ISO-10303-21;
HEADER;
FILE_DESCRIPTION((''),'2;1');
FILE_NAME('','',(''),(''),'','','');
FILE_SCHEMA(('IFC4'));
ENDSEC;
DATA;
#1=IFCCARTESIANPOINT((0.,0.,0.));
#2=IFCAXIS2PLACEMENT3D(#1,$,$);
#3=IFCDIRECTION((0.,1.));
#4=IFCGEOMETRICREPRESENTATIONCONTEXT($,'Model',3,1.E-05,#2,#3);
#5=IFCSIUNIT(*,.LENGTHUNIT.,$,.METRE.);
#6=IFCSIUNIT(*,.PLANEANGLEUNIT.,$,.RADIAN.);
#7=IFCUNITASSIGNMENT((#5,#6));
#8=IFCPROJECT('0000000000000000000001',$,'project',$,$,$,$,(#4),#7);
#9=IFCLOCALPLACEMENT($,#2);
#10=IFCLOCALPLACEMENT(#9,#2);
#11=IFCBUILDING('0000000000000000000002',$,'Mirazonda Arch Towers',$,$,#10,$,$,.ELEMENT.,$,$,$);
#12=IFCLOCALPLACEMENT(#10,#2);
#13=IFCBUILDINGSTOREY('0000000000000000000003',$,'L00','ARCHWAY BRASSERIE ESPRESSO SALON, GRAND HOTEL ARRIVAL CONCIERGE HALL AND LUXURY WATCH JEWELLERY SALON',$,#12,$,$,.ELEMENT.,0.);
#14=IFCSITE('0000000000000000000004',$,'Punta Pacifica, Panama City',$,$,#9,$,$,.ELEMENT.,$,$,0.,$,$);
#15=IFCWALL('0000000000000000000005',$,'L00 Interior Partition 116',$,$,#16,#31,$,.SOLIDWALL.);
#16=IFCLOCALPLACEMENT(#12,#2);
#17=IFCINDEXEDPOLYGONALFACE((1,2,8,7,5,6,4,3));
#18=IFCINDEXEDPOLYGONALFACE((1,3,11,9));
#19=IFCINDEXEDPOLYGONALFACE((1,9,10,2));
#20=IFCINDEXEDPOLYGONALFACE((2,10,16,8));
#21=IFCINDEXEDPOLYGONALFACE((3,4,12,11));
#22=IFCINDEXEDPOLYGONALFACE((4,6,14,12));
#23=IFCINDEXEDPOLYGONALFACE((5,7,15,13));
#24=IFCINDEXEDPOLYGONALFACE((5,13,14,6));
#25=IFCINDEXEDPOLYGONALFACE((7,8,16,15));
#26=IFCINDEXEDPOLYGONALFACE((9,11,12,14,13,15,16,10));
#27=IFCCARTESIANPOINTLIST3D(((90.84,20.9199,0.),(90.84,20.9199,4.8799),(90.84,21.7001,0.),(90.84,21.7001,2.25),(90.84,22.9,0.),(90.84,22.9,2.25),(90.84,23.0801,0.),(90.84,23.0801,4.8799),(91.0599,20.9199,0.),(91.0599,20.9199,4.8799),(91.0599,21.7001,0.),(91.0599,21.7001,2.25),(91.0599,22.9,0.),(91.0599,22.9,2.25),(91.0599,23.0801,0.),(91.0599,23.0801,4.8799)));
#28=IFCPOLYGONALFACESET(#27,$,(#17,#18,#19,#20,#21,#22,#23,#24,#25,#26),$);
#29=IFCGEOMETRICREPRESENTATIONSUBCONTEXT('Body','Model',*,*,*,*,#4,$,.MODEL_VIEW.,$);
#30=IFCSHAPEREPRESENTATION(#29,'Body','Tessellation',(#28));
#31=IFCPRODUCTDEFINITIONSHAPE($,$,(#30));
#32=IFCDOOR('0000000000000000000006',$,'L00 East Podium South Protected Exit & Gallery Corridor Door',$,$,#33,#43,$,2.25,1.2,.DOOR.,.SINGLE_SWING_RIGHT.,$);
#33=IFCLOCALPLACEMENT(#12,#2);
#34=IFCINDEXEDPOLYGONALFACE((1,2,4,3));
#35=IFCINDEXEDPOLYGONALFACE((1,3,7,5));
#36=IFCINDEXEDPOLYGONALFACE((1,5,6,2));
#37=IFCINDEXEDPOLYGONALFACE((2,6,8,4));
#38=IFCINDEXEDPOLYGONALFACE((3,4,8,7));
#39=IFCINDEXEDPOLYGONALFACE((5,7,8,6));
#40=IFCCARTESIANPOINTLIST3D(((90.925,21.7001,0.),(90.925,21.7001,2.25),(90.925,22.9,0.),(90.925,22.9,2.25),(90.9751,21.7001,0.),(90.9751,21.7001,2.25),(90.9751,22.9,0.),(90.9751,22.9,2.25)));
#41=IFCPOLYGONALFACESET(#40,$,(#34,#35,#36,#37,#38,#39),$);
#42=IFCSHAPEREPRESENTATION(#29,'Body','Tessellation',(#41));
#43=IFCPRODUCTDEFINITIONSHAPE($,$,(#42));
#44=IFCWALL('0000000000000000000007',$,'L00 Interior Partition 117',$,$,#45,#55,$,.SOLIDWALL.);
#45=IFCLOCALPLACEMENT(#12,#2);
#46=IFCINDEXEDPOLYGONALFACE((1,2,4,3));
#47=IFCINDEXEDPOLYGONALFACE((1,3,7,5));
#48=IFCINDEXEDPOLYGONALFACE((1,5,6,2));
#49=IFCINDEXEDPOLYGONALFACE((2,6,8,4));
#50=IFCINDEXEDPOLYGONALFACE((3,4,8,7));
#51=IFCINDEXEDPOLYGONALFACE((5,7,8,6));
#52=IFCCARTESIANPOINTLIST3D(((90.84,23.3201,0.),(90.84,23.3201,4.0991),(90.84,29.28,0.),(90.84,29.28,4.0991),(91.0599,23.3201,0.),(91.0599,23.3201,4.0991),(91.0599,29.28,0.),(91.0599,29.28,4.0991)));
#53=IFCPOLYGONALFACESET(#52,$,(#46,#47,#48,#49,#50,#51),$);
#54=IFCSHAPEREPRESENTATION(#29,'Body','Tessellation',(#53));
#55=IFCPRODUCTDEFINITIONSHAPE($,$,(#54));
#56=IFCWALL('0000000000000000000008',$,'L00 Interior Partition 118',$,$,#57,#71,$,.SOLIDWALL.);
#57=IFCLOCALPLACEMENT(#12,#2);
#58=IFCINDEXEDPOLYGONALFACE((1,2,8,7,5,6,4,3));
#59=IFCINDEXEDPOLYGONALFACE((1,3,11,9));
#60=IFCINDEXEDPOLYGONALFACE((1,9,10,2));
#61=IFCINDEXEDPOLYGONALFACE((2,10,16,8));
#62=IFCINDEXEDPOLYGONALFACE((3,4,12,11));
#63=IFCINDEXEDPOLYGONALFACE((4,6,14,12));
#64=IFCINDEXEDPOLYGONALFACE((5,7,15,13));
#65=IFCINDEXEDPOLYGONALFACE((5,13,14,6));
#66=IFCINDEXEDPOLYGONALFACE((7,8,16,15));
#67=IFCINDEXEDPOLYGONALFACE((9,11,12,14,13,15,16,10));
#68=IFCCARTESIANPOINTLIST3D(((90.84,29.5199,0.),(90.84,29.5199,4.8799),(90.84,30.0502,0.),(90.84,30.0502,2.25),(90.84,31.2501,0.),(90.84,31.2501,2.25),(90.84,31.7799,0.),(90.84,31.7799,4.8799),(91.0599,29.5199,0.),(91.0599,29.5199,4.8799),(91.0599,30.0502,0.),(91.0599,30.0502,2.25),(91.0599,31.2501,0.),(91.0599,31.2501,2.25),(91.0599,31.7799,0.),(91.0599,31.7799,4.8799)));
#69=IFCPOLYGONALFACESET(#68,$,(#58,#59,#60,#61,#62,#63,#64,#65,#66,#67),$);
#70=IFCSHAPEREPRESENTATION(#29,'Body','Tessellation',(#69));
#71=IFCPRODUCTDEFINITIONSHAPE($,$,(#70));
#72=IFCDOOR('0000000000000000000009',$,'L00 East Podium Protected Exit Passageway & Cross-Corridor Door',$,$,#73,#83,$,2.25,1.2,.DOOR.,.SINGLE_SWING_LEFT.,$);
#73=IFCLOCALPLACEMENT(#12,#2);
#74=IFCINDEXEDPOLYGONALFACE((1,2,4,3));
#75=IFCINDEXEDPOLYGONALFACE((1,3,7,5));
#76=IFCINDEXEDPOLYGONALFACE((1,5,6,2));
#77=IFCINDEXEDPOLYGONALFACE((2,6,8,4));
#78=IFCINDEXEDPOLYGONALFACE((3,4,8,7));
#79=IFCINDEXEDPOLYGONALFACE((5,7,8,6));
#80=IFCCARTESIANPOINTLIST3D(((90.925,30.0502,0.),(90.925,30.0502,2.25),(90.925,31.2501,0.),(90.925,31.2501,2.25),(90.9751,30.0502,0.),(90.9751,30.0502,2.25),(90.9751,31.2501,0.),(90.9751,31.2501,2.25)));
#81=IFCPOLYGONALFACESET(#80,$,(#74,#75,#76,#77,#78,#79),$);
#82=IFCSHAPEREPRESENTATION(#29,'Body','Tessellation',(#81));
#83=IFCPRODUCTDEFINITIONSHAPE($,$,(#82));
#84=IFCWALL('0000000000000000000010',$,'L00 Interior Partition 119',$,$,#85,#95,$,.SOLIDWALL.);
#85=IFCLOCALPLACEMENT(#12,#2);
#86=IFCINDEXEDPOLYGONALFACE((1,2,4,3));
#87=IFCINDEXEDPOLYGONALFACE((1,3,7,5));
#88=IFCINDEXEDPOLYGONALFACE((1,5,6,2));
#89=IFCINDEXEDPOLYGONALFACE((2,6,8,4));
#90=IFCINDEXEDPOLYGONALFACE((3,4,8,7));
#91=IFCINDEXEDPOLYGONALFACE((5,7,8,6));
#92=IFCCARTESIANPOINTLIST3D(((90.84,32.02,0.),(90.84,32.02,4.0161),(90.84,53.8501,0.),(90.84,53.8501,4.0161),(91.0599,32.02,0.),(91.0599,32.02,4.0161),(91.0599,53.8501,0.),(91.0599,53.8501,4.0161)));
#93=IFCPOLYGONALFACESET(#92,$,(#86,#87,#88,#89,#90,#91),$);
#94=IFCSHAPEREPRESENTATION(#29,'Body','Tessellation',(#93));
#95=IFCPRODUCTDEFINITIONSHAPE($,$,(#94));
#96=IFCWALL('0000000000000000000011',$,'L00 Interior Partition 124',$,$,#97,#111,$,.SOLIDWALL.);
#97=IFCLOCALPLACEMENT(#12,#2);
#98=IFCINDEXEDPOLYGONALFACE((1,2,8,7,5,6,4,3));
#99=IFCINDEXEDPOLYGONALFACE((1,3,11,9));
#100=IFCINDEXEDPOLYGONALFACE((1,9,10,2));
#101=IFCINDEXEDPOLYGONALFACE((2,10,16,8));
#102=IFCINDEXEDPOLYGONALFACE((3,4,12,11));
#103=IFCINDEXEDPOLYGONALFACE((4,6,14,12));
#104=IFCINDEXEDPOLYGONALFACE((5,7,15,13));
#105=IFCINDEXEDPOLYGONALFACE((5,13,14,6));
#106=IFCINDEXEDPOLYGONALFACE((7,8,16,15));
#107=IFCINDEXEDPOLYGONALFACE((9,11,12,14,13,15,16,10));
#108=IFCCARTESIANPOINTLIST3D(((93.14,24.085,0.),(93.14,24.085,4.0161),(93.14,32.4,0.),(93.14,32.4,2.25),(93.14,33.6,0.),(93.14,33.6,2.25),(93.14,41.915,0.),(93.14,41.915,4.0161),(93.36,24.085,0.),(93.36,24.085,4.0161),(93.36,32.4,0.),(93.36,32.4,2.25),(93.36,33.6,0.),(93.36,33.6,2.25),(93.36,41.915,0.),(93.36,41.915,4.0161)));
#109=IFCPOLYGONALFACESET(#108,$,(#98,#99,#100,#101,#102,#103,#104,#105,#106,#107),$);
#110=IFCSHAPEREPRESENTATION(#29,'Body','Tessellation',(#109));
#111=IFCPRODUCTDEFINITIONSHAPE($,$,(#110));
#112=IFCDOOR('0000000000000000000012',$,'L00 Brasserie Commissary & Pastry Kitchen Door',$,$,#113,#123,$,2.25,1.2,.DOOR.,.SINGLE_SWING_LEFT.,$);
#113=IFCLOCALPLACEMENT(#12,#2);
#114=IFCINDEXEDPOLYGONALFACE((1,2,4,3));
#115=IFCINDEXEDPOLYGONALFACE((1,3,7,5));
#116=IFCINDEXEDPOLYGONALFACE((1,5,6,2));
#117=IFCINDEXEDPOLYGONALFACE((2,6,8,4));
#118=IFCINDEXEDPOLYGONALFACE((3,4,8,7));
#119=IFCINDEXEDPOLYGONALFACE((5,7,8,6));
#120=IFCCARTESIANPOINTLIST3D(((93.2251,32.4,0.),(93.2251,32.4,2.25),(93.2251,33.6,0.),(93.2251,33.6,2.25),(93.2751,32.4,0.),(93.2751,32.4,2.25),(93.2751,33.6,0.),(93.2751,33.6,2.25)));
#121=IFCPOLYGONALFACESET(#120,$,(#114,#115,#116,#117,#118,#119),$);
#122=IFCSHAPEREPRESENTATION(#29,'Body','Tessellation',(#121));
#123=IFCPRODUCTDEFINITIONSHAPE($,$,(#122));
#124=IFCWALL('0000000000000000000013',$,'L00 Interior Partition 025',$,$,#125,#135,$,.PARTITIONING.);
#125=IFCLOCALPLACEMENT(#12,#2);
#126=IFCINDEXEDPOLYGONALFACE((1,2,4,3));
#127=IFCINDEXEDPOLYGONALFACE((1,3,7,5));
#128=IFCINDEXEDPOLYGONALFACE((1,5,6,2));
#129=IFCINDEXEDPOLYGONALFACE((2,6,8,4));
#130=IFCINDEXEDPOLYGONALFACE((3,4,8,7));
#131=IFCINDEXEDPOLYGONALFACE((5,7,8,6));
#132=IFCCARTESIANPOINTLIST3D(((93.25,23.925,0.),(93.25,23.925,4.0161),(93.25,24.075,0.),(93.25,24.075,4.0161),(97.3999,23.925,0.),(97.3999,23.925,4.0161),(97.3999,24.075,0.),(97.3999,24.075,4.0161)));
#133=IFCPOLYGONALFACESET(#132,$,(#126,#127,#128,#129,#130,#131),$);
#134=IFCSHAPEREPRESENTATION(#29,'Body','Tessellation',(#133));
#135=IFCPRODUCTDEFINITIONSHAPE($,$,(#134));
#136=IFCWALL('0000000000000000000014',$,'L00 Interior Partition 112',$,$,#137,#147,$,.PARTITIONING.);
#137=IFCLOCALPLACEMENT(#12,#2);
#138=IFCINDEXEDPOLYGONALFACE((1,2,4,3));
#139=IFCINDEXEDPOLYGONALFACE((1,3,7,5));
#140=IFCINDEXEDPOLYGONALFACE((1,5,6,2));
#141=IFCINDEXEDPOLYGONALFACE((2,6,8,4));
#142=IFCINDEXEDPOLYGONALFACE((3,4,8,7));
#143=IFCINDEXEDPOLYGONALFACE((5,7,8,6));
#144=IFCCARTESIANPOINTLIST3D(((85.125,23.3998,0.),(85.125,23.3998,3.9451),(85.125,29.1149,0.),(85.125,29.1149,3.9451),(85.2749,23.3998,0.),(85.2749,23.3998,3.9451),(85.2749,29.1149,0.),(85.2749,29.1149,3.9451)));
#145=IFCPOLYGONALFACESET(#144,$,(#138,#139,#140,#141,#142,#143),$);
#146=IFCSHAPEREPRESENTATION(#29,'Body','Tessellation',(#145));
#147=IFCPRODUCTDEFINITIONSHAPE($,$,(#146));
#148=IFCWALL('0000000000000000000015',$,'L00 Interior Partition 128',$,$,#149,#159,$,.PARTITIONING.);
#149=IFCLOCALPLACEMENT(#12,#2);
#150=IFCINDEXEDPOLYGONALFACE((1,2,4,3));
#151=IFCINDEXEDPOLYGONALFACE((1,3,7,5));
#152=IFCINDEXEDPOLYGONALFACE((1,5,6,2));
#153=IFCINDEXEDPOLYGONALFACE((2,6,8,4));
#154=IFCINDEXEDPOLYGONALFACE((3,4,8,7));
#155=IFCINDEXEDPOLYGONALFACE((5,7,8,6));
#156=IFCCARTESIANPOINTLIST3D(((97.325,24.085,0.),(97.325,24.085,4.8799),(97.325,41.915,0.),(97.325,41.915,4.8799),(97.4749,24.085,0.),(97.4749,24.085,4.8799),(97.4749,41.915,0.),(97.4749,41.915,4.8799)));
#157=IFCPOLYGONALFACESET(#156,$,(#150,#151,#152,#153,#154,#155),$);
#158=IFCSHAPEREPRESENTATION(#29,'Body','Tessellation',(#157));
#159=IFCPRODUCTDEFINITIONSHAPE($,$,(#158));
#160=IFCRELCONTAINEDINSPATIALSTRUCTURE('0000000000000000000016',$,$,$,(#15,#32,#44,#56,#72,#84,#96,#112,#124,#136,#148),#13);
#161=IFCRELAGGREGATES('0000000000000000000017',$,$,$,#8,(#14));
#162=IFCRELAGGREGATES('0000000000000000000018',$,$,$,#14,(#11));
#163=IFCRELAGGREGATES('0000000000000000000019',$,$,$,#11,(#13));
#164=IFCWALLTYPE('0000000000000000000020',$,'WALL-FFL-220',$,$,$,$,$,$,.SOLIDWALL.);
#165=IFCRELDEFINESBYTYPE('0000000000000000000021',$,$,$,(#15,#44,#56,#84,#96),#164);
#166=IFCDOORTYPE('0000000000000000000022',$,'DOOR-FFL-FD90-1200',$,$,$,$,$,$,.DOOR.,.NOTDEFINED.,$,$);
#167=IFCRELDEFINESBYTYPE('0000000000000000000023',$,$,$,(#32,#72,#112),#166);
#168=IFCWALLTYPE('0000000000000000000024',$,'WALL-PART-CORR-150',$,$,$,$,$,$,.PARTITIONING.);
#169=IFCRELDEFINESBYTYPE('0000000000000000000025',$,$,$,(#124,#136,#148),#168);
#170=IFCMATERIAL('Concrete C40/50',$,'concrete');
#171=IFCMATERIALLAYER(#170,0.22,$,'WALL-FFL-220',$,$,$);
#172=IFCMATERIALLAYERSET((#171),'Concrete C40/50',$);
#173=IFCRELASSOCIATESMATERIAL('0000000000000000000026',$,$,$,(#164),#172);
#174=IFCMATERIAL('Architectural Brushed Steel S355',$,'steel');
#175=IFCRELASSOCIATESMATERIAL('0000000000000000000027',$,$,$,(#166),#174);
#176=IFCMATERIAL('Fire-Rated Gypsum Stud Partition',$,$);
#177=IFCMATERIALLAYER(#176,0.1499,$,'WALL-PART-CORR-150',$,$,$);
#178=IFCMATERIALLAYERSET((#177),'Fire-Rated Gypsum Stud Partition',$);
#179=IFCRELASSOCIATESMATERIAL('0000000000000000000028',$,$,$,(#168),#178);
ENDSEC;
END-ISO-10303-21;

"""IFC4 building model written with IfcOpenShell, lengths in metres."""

from ifc_helpers import new_model, si_unit, direction, frame, frame_2d, origin, place, context, subcontext, project, spatial, rectangle, extrude, material, layer, layer_set, type_object, element, fill, save


model = new_model("IFC4")

# Units and contexts
model_context = context("Model", 3, precision=1e-05, world=origin(), true_north=direction((0.0, 1.0)))
body_context = subcontext(model_context, "Body", "Model", "MODEL_VIEW")
ifc_project = project(units=[si_unit("LENGTHUNIT", "METRE"), si_unit("PLANEANGLEUNIT", "RADIAN")], contexts=[model_context])

# Site, building, storey
site_placement = place(None, origin())
site = spatial("IfcSite", under=ifc_project, at=site_placement, Name="Punta Pacifica, Panama City", CompositionType="ELEMENT", RefElevation=0.0)
building_placement = place(site_placement, origin())
building = spatial("IfcBuilding", under=site, at=building_placement, Name="Mirazonda Arch Towers", CompositionType="ELEMENT")
storey_placement = place(building_placement, origin())
storey = spatial("IfcBuildingStorey", under=building, at=storey_placement, Name="L00", Description="ARCHWAY BRASSERIE ESPRESSO SALON, GRAND HOTEL ARRIVAL CONCIERGE HALL AND LUXURY WATCH JEWELLERY SALON", CompositionType="ELEMENT", Elevation=0.0)

# Shared definitions
ifc_material_1 = material(Name="Concrete C40/50", Category="concrete")
ifc_layer_1 = layer(ifc_material_1, 0.22, Name="WALL-FFL-220")
ifc_layer_set_1 = layer_set([ifc_layer_1], Name="Concrete C40/50")
wall_type_1 = type_object("IfcWallType", Name="WALL-FFL-220", PredefinedType="SOLIDWALL", material=ifc_layer_set_1)

# Wall, opening, door
wall_1_placement = place(storey_placement, frame((90.95, 20.9199, 0.0), z_axis=(0.0, 0.0, 1.0), x_axis=(0.0, 1.0, 0.0)))
wall_1 = element("IfcWall", 1, at=wall_1_placement, inside=storey, type_object=wall_type_1, Name="L00 Interior Partition 116", PredefinedType="SOLIDWALL", context=body_context, shape_type="SweptSolid", body=[
    extrude(rectangle(XDim=2.1602, YDim=0.22, at=frame_2d((1.0801, 0.0))), origin(), (0.0, 0.0, 1.0), 4.8799),
])
opening_1_placement = place(wall_1_placement, frame((0.78, 0.0, 0.0)))
opening_1 = element("IfcOpeningElement", 2, at=opening_1_placement, cuts=wall_1, PredefinedType="OPENING", context=body_context, shape_type="SweptSolid", body=[
    extrude(rectangle(XDim=1.2, YDim=2.25, at=frame_2d((0.6001, 1.125))), frame((0.0, 0.1199, 0.0), z_axis=(0.0, -1.0, 0.0), x_axis=(1.0, 0.0, 0.0)), (0.0, 0.0, 1.0), 0.24),
])
ifc_material_2 = material(Name="Architectural Brushed Steel S355", Category="steel")
door_type = type_object("IfcDoorType", Name="DOOR-FFL-FD90-1200", OperationType="NOTDEFINED", PredefinedType="DOOR", material=ifc_material_2)
door_1_placement = place(opening_1_placement, origin())
door_1 = element("IfcDoor", 3, at=door_1_placement, inside=storey, type_object=door_type, Name="L00 East Podium South Protected Exit & Gallery Corridor Door", OperationType="SINGLE_SWING_RIGHT", OverallHeight=2.25, OverallWidth=1.2, PredefinedType="DOOR", context=body_context, shape_type="SweptSolid", body=[
    extrude(rectangle(XDim=1.2, YDim=2.25, at=frame_2d((0.6001, 1.125))), frame((0.0, 0.0249, 0.0), z_axis=(0.0, -1.0, 0.0), x_axis=(1.0, 0.0, 0.0)), (0.0, 0.0, 1.0), 0.05),
])
fill(opening_1, door_1)

# Wall
wall_2_placement = place(storey_placement, frame((90.95, 23.3201, 0.0), z_axis=(0.0, 0.0, 1.0), x_axis=(0.0, 1.0, 0.0)))
element("IfcWall", 4, at=wall_2_placement, inside=storey, type_object=wall_type_1, Name="L00 Interior Partition 117", PredefinedType="SOLIDWALL", context=body_context, shape_type="SweptSolid", body=[
    extrude(rectangle(XDim=5.96, YDim=0.22, at=frame_2d((2.98, 0.0))), origin(), (0.0, 0.0, 1.0), 4.0991),
])

# Wall, opening, door
wall_3_placement = place(storey_placement, frame((90.95, 29.52, 0.0), z_axis=(0.0, 0.0, 1.0), x_axis=(0.0, 1.0, 0.0)))
wall_3 = element("IfcWall", 5, at=wall_3_placement, inside=storey, type_object=wall_type_1, Name="L00 Interior Partition 118", PredefinedType="SOLIDWALL", context=body_context, shape_type="SweptSolid", body=[
    extrude(rectangle(XDim=2.26, YDim=0.22, at=frame_2d((1.1299, 0.0))), origin(), (0.0, 0.0, 1.0), 4.8799),
])
opening_2_placement = place(wall_3_placement, frame((0.53, 0.0, 0.0)))
opening_2 = element("IfcOpeningElement", 6, at=opening_2_placement, cuts=wall_3, PredefinedType="OPENING", context=body_context, shape_type="SweptSolid", body=[
    extrude(rectangle(XDim=1.2, YDim=2.25, at=frame_2d((0.6001, 1.125))), frame((0.0, 0.1199, 0.0), z_axis=(0.0, -1.0, 0.0), x_axis=(1.0, 0.0, 0.0)), (0.0, 0.0, 1.0), 0.24),
])
door_2_placement = place(opening_2_placement, origin())
door_2 = element("IfcDoor", 7, at=door_2_placement, inside=storey, type_object=door_type, Name="L00 East Podium Protected Exit Passageway & Cross-Corridor Door", OperationType="SINGLE_SWING_LEFT", OverallHeight=2.25, OverallWidth=1.2, PredefinedType="DOOR", context=body_context, shape_type="SweptSolid", body=[
    extrude(rectangle(XDim=1.2, YDim=2.25, at=frame_2d((0.6001, 1.125))), frame((0.0, 0.0249, 0.0), z_axis=(0.0, -1.0, 0.0), x_axis=(1.0, 0.0, 0.0)), (0.0, 0.0, 1.0), 0.05),
])
fill(opening_2, door_2)

# Wall
wall_4_placement = place(storey_placement, frame((90.95, 32.02, 0.0), z_axis=(0.0, 0.0, 1.0), x_axis=(0.0, 1.0, 0.0)))
element("IfcWall", 8, at=wall_4_placement, inside=storey, type_object=wall_type_1, Name="L00 Interior Partition 119", PredefinedType="SOLIDWALL", context=body_context, shape_type="SweptSolid", body=[
    extrude(rectangle(XDim=21.8301, YDim=0.22, at=frame_2d((10.915, 0.0))), origin(), (0.0, 0.0, 1.0), 4.0161),
])

# Wall, opening, door
wall_5_placement = place(storey_placement, frame((93.25, 24.085, 0.0), z_axis=(0.0, 0.0, 1.0), x_axis=(0.0, 1.0, 0.0)))
wall_5 = element("IfcWall", 9, at=wall_5_placement, inside=storey, type_object=wall_type_1, Name="L00 Interior Partition 124", PredefinedType="SOLIDWALL", context=body_context, shape_type="SweptSolid", body=[
    extrude(rectangle(XDim=17.8301, YDim=0.22, at=frame_2d((8.915, 0.0))), origin(), (0.0, 0.0, 1.0), 4.0161),
])
opening_3_placement = place(wall_5_placement, frame((8.3149, 0.0, 0.0)))
opening_3 = element("IfcOpeningElement", 10, at=opening_3_placement, cuts=wall_5, PredefinedType="OPENING", context=body_context, shape_type="SweptSolid", body=[
    extrude(rectangle(XDim=1.2, YDim=2.25, at=frame_2d((0.6001, 1.125))), frame((0.0, 0.1199, 0.0), z_axis=(0.0, -1.0, 0.0), x_axis=(1.0, 0.0, 0.0)), (0.0, 0.0, 1.0), 0.24),
])
door_3_placement = place(opening_3_placement, origin())
door_3 = element("IfcDoor", 11, at=door_3_placement, inside=storey, type_object=door_type, Name="L00 Brasserie Commissary & Pastry Kitchen Door", OperationType="SINGLE_SWING_LEFT", OverallHeight=2.25, OverallWidth=1.2, PredefinedType="DOOR", context=body_context, shape_type="SweptSolid", body=[
    extrude(rectangle(XDim=1.2, YDim=2.25, at=frame_2d((0.6001, 1.125))), frame((0.0, 0.0249, 0.0), z_axis=(0.0, -1.0, 0.0), x_axis=(1.0, 0.0, 0.0)), (0.0, 0.0, 1.0), 0.05),
])
fill(opening_3, door_3)

# Walls
ifc_material_3 = material(Name="Fire-Rated Gypsum Stud Partition")
ifc_layer_2 = layer(ifc_material_3, 0.1499, Name="WALL-PART-CORR-150")
ifc_layer_set_2 = layer_set([ifc_layer_2], Name="Fire-Rated Gypsum Stud Partition")
wall_type_2 = type_object("IfcWallType", Name="WALL-PART-CORR-150", PredefinedType="PARTITIONING", material=ifc_layer_set_2)
wall_6_placement = place(storey_placement, frame((93.25, 24.0, 0.0), z_axis=(0.0, 0.0, 1.0), x_axis=(1.0, 0.0, 0.0)))
element("IfcWall", 12, at=wall_6_placement, inside=storey, type_object=wall_type_2, Name="L00 Interior Partition 025", PredefinedType="PARTITIONING", context=body_context, shape_type="SweptSolid", body=[
    extrude(rectangle(XDim=4.1499, YDim=0.1499, at=frame_2d((2.075, 0.0))), origin(), (0.0, 0.0, 1.0), 4.0161),
])
wall_7_placement = place(storey_placement, frame((85.2, 23.3999, 0.0), z_axis=(0.0, 0.0, 1.0), x_axis=(0.0, 1.0, 0.0)))
element("IfcWall", 13, at=wall_7_placement, inside=storey, type_object=wall_type_2, Name="L00 Interior Partition 112", PredefinedType="PARTITIONING", context=body_context, shape_type="SweptSolid", body=[
    extrude(rectangle(XDim=5.7151, YDim=0.1499, at=frame_2d((2.8574, 0.0))), origin(), (0.0, 0.0, 1.0), 3.9451),
])
wall_8_placement = place(storey_placement, frame((97.3999, 24.085, 0.0), z_axis=(0.0, 0.0, 1.0), x_axis=(0.0, 1.0, 0.0)))
element("IfcWall", 14, at=wall_8_placement, inside=storey, type_object=wall_type_2, Name="L00 Interior Partition 128", PredefinedType="PARTITIONING", context=body_context, shape_type="SweptSolid", body=[
    extrude(rectangle(XDim=17.8301, YDim=0.1499, at=frame_2d((8.915, 0.0))), origin(), (0.0, 0.0, 1.0), 4.8799),
])

save(model, "model.ifc")
